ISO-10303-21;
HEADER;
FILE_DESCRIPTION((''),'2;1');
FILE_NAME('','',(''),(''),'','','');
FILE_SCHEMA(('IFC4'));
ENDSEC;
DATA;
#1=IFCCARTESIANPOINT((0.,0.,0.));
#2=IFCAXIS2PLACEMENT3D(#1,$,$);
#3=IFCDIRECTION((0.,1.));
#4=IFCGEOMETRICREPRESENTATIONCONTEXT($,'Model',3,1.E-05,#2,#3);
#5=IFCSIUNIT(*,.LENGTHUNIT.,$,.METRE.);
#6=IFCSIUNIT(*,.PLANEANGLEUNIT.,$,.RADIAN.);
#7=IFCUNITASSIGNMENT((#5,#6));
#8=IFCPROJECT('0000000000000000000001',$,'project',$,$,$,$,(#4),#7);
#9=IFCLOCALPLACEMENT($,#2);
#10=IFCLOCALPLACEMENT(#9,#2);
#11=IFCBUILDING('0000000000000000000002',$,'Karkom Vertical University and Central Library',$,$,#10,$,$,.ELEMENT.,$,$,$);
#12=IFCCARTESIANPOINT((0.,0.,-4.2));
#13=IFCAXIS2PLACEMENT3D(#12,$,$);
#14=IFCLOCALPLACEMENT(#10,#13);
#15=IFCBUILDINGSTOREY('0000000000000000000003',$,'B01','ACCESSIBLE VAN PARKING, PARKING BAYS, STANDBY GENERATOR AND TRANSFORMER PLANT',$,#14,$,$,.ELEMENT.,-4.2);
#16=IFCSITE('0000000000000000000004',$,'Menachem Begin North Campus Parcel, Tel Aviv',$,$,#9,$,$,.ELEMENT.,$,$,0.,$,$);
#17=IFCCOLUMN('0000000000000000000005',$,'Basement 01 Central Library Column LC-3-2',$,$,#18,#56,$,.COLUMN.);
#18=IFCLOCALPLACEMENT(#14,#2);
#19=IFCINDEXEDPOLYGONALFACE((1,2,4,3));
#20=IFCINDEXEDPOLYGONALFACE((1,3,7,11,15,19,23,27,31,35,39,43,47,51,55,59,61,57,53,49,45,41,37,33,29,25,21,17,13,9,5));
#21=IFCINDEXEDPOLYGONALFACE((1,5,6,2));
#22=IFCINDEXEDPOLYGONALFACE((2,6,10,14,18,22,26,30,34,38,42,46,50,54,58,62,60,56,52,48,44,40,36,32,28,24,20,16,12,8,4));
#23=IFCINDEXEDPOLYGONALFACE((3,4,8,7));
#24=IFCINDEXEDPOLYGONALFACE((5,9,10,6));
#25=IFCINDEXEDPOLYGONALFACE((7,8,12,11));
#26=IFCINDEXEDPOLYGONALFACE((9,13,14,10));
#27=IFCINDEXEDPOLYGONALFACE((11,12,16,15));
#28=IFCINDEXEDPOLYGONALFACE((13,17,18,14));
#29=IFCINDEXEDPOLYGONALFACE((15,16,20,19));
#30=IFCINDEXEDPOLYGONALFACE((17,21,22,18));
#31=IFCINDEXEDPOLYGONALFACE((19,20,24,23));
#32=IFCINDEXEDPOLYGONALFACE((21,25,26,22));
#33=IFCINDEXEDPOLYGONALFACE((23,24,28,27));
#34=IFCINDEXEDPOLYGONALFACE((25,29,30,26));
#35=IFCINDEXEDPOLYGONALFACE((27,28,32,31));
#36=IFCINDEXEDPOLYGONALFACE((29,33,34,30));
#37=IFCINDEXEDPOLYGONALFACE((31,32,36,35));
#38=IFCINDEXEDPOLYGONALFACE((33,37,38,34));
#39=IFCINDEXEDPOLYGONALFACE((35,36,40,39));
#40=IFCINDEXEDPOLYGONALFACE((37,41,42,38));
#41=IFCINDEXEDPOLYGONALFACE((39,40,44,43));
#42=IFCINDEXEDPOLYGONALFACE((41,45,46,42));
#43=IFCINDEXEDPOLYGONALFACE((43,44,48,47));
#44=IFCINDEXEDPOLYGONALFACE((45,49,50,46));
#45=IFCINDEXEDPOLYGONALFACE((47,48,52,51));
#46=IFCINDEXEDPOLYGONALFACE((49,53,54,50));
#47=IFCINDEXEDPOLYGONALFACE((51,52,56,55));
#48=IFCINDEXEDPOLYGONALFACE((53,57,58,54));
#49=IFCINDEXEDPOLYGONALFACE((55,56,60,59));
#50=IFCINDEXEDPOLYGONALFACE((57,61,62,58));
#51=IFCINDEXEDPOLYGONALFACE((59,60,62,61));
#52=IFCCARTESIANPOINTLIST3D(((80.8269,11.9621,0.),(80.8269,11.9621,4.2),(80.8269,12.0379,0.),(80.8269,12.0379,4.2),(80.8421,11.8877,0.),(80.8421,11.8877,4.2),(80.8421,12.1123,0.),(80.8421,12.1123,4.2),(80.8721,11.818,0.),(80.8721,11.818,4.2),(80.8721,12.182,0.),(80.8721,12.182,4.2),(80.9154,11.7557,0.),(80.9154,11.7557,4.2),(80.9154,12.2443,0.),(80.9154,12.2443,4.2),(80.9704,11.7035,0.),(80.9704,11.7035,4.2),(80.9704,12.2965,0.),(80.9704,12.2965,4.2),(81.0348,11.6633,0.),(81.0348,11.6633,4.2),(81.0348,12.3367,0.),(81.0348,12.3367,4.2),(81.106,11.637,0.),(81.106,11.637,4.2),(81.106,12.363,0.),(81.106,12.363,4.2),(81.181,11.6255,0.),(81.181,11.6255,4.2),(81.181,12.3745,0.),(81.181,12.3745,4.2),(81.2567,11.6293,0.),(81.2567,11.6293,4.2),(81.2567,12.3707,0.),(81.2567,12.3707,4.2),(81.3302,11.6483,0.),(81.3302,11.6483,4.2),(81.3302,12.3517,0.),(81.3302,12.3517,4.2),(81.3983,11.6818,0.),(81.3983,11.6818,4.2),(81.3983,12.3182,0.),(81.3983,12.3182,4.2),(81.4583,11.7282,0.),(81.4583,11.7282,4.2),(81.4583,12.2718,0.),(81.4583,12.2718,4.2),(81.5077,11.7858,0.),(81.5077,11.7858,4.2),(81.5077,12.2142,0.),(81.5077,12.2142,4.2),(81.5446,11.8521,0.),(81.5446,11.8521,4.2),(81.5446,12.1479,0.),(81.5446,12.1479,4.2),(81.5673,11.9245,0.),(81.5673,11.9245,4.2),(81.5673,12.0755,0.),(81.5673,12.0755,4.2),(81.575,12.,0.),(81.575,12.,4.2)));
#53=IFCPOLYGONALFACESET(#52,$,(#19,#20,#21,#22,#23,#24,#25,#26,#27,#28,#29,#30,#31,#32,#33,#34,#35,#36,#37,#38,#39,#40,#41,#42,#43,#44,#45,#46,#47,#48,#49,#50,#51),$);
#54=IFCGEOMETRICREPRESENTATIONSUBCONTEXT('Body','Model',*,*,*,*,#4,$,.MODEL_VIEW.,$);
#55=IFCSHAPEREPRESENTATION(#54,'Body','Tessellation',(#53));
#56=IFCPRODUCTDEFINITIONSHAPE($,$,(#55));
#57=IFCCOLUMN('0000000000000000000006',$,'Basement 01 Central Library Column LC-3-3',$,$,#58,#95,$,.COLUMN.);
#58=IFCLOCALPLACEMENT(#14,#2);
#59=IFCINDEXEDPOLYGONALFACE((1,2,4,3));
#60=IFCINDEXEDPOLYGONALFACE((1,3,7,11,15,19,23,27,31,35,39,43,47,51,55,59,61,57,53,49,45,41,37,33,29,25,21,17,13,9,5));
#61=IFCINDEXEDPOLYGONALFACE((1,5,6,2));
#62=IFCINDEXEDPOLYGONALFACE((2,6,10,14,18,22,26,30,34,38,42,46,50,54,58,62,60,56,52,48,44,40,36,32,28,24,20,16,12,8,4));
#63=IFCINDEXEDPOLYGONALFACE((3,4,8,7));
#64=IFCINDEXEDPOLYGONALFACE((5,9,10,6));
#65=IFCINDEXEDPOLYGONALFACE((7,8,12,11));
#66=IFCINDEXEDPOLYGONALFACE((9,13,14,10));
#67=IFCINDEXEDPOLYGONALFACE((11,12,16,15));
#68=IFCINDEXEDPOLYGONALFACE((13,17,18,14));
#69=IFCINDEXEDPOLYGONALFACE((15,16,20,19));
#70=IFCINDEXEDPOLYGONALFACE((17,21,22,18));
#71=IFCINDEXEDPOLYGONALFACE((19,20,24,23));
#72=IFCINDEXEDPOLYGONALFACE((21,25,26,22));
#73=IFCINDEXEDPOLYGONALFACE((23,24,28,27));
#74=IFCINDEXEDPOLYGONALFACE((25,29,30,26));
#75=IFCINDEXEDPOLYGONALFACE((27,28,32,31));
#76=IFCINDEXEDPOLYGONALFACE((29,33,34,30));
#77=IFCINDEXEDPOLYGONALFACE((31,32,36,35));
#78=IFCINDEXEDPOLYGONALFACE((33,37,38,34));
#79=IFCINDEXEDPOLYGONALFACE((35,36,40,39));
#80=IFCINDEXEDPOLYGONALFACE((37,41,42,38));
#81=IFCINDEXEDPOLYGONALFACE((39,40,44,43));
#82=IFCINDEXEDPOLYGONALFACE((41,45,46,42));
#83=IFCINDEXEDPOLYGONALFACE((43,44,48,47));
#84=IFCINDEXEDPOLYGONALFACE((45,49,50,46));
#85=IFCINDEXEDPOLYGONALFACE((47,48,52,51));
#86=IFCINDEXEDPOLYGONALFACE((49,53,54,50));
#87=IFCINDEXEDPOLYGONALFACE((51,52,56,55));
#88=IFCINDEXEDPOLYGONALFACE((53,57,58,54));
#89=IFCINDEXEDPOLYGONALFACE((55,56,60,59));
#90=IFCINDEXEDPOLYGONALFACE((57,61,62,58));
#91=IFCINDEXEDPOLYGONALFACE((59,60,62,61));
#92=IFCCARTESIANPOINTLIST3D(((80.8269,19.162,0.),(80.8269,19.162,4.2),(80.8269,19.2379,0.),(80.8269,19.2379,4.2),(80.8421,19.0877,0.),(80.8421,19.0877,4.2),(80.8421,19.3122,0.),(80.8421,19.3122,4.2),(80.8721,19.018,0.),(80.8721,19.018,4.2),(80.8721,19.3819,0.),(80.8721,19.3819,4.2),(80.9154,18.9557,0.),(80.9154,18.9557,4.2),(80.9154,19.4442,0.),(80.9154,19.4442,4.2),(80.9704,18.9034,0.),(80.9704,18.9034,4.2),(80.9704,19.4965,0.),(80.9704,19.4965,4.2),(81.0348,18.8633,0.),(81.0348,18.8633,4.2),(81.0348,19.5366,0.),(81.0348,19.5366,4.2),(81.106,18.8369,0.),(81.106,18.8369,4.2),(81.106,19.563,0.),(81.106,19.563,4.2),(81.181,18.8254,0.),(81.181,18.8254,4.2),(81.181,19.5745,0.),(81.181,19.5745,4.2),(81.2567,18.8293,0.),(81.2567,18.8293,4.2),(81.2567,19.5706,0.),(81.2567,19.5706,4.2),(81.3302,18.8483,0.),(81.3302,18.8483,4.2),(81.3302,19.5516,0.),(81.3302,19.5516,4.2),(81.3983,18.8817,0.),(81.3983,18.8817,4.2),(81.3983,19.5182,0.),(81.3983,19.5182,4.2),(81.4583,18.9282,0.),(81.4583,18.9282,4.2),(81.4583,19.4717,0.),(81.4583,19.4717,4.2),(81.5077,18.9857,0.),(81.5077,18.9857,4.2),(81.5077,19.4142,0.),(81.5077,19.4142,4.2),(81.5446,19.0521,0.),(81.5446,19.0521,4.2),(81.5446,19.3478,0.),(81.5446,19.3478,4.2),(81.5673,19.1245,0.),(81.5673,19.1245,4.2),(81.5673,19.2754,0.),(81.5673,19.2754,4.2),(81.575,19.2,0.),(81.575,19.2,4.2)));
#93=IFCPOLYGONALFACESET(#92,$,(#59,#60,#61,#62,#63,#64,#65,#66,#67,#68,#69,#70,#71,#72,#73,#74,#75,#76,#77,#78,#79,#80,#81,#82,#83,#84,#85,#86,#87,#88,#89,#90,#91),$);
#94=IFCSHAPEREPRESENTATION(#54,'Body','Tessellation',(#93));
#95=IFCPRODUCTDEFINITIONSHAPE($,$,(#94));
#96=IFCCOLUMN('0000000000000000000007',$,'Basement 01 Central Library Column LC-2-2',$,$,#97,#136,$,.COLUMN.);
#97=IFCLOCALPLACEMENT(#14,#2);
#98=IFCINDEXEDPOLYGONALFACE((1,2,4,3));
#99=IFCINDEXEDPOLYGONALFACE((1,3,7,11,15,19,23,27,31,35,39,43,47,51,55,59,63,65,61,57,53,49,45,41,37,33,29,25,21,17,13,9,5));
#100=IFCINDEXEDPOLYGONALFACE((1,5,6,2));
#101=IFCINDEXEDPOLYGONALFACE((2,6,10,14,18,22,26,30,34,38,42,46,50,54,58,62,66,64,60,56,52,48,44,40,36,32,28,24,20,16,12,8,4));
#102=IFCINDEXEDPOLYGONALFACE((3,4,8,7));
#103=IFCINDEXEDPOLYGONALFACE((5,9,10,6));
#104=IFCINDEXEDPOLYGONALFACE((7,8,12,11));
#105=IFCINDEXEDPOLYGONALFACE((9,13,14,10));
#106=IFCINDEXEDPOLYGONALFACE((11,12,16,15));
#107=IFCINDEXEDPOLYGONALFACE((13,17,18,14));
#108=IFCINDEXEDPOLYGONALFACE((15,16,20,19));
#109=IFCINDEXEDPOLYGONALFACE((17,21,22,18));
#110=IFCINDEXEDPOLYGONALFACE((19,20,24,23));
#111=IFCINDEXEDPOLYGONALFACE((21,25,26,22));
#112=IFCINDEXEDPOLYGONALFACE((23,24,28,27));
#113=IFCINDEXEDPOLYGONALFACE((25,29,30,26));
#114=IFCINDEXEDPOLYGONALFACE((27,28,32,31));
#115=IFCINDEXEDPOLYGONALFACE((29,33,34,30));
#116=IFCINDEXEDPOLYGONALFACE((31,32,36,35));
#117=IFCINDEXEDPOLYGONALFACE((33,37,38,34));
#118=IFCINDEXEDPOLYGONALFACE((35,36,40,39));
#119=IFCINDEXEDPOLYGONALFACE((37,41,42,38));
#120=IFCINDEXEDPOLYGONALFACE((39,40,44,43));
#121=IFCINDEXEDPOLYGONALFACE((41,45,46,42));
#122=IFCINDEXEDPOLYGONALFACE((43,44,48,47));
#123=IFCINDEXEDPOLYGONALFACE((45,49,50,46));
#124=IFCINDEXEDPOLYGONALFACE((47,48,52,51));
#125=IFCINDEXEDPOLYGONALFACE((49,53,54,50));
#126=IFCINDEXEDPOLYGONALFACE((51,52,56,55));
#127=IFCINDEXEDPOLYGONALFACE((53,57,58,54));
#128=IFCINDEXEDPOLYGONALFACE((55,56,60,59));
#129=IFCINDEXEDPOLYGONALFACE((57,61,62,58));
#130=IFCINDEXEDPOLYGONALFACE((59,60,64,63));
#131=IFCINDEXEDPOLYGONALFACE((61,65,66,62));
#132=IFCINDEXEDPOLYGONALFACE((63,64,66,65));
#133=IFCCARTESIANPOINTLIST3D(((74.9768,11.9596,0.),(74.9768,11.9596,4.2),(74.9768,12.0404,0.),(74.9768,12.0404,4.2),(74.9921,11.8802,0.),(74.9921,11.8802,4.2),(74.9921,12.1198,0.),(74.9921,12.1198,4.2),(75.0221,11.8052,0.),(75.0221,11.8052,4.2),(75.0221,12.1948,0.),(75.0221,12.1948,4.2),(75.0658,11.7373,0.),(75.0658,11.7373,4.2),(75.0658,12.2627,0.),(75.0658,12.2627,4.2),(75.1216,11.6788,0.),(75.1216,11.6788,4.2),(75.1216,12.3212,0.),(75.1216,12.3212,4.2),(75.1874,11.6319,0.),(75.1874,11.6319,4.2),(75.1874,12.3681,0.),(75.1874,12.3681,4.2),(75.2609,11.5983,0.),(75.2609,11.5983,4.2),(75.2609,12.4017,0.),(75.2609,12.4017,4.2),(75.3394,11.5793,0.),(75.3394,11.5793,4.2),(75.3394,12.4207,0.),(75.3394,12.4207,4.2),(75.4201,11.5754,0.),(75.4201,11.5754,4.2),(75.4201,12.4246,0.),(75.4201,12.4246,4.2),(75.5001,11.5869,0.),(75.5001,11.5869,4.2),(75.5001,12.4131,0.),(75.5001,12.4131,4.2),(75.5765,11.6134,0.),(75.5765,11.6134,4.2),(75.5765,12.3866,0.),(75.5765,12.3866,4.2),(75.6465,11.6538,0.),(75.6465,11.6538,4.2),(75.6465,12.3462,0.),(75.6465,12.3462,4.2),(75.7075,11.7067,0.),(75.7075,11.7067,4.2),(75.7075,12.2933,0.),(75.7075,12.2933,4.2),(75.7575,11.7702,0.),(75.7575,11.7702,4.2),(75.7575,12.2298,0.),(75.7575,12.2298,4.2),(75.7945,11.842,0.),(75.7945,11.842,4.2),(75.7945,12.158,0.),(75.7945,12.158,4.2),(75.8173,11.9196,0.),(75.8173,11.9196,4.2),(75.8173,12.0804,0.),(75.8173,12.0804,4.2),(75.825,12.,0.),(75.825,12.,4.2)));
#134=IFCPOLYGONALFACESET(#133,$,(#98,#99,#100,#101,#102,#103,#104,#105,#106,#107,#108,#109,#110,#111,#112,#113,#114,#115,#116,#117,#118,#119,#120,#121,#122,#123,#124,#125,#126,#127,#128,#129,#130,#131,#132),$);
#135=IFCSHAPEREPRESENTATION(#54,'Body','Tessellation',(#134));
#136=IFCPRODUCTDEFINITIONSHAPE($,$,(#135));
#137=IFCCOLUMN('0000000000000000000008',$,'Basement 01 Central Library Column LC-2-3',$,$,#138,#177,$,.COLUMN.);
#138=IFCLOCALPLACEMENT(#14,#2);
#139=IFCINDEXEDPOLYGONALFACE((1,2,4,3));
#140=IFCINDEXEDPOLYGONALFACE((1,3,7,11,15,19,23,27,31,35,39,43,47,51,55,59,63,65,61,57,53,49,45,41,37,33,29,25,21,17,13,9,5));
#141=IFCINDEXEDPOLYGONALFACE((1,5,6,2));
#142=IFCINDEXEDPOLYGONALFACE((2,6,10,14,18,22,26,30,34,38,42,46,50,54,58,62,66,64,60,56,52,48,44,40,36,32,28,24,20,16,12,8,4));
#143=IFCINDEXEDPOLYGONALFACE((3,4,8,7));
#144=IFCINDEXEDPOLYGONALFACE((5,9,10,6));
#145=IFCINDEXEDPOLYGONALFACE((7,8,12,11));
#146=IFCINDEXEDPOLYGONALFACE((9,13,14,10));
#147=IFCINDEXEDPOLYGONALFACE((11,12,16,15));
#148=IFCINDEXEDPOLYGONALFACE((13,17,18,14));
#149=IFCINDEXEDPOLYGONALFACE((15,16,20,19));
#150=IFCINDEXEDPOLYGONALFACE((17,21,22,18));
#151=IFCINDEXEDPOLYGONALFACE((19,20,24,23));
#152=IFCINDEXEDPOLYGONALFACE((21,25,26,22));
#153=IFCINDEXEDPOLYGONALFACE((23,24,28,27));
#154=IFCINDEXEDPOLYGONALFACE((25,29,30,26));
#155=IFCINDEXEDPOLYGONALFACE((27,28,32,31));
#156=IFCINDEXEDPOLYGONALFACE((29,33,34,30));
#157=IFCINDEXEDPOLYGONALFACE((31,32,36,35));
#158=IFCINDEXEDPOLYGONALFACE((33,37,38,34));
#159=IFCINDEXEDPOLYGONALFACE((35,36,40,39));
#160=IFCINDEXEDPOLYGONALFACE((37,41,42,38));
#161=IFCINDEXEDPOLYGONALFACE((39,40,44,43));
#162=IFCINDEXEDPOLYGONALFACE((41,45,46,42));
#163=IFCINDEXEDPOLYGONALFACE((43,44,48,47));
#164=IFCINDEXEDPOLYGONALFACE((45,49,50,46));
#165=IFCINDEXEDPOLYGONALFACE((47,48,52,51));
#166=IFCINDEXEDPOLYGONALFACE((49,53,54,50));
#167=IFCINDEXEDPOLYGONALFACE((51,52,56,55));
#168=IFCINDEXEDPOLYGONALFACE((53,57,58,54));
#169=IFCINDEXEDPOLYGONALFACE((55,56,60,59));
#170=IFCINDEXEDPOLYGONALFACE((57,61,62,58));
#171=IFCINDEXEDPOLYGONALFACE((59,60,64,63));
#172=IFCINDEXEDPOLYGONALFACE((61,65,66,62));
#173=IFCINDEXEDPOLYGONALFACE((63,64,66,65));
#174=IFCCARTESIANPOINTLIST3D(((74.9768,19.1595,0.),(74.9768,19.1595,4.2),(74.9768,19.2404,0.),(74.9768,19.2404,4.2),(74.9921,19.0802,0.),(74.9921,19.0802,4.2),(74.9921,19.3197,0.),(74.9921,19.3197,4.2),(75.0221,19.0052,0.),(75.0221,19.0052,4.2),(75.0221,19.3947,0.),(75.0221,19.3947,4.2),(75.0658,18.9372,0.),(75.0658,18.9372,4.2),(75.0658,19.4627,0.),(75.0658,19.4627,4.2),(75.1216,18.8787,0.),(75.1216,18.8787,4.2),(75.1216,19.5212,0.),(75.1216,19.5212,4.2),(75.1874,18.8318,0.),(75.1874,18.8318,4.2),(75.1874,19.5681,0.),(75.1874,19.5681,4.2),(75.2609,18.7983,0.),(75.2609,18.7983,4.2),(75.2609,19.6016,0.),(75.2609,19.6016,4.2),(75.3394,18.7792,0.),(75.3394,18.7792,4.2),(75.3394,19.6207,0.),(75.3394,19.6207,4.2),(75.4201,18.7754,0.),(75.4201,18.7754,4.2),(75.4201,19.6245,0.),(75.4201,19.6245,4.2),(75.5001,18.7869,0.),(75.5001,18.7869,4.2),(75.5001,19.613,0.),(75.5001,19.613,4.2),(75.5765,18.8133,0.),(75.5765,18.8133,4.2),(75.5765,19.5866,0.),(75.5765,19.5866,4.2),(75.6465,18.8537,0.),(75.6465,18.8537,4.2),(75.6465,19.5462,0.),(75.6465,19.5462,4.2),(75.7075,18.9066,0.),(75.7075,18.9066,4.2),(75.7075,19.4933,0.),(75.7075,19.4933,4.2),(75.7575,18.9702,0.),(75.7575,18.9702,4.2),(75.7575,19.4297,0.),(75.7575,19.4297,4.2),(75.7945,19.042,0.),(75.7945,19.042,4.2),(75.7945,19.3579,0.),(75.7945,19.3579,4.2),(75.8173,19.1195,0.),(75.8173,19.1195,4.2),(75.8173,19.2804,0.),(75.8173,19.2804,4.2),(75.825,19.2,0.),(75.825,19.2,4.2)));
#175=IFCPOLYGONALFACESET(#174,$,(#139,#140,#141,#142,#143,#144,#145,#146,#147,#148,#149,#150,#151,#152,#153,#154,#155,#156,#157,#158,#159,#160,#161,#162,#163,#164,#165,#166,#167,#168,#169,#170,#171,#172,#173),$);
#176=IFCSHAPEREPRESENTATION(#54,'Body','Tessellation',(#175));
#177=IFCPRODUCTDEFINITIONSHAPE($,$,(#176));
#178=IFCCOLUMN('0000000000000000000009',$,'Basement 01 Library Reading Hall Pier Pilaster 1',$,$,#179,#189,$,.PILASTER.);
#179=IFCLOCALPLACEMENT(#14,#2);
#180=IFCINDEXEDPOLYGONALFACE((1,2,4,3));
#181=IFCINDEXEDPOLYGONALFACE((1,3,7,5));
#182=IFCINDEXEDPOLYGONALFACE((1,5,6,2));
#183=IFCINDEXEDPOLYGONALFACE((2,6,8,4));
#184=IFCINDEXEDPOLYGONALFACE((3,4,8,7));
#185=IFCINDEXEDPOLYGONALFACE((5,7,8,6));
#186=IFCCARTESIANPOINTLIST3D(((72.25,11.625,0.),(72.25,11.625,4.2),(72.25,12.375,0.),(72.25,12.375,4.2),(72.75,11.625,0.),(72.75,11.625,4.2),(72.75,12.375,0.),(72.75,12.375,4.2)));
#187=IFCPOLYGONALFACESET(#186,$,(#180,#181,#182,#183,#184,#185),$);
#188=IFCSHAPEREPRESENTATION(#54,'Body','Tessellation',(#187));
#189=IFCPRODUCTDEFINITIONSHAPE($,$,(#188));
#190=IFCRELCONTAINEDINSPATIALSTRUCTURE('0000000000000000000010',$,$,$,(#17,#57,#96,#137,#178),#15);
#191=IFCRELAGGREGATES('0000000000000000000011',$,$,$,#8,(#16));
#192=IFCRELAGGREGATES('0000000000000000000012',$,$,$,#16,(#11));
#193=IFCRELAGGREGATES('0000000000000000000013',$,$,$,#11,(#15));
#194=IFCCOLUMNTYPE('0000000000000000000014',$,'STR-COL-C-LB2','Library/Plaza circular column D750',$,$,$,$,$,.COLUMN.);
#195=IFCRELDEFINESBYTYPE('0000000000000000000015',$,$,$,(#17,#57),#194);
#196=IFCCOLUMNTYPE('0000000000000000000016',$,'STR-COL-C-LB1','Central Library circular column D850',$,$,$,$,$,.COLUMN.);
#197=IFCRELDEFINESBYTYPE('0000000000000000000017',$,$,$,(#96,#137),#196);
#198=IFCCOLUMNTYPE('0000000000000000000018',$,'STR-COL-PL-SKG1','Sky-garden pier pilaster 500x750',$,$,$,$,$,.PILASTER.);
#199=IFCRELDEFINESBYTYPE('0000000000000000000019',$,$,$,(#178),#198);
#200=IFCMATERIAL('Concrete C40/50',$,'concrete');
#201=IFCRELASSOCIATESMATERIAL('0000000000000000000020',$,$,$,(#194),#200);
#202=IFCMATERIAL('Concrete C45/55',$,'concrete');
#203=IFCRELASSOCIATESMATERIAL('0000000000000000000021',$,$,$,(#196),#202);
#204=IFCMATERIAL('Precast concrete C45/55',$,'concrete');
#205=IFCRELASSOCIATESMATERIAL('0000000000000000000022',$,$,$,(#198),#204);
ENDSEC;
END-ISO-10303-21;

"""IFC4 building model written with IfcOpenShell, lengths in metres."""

from ifc_helpers import new_model, si_unit, direction, frame, origin, origin_with_axes, origin_2d, place, context, subcontext, project, spatial, rectangle, circle, extrude, source, transform, mapped, material, material_profile, profile_set, type_object, element, save


model = new_model("IFC4")

# Units and contexts
model_context = context("Model", 3, precision=1e-05, world=origin(), true_north=direction((0.0, 1.0)))
body_context = subcontext(model_context, "Body", "Model", "MODEL_VIEW")
ifc_project = project(units=[si_unit("LENGTHUNIT", "METRE"), si_unit("PLANEANGLEUNIT", "RADIAN")], contexts=[model_context])

# Site, building, storey
site_placement = place(None, origin())
site = spatial("IfcSite", under=ifc_project, at=site_placement, Name="Menachem Begin North Campus Parcel, Tel Aviv", CompositionType="ELEMENT", RefElevation=0.0)
building_placement = place(site_placement, origin())
building = spatial("IfcBuilding", under=site, at=building_placement, Name="Karkom Vertical University and Central Library", CompositionType="ELEMENT")
storey_placement = place(building_placement, frame((0.0, 0.0, -4.2)))
storey = spatial("IfcBuildingStorey", under=building, at=storey_placement, Name="B01", Description="ACCESSIBLE VAN PARKING, PARKING BAYS, STANDBY GENERATOR AND TRANSFORMER PLANT", CompositionType="ELEMENT", Elevation=-4.2)

# Columns
ifc_material_1 = material(Name="Concrete C40/50", Category="concrete")
ifc_material_profile_1 = material_profile(ifc_material_1, circle(Radius=0.375, at=origin_2d()), Name="RC-D750")
ifc_profile_set_1 = profile_set([ifc_material_profile_1], Name="Concrete C40/50")
column_type_1 = type_object("IfcColumnType", Name="STR-COL-C-LB2", Description="Library/Plaza circular column D750", PredefinedType="COLUMN", material=ifc_profile_set_1)
shared_shape_1 = source(origin_with_axes(), body_context, "Body", "SweptSolid", [
    extrude(circle(Radius=0.375, at=origin_2d()), origin(), (0.0, 0.0, 1.0), 4.2),
])
for number, where, z_axis, x_axis, name in (
    (1, (81.2, 12.0, 0.0), (0.0, 0.0, 1.0), (1.0, 0.0, 0.0), "Basement 01 Central Library Column LC-3-2"),
    (2, (81.2, 19.2, 0.0), (0.0, 0.0, 1.0), (1.0, 0.0, 0.0), "Basement 01 Central Library Column LC-3-3"),
):
    element("IfcColumn", number, at=place(storey_placement, frame(where, z_axis=z_axis, x_axis=x_axis)), inside=storey, type_object=column_type_1, Name=name, PredefinedType="COLUMN", context=body_context, shape_type="MappedRepresentation", body=[
        mapped(shared_shape_1, transform((0.0, 0.0, 0.0), scale=1.0)),
    ])
ifc_material_2 = material(Name="Concrete C45/55", Category="concrete")
ifc_material_profile_2 = material_profile(ifc_material_2, circle(Radius=0.425, at=origin_2d()), Name="RC-D850")
ifc_profile_set_2 = profile_set([ifc_material_profile_2], Name="Concrete C45/55")
column_type_2 = type_object("IfcColumnType", Name="STR-COL-C-LB1", Description="Central Library circular column D850", PredefinedType="COLUMN", material=ifc_profile_set_2)
shared_shape_2 = source(origin_with_axes(), body_context, "Body", "SweptSolid", [
    extrude(circle(Radius=0.425, at=origin_2d()), origin(), (0.0, 0.0, 1.0), 4.2),
])
for number, where, z_axis, x_axis, name in (
    (3, (75.3999, 12.0, 0.0), (0.0, 0.0, 1.0), (1.0, 0.0, 0.0), "Basement 01 Central Library Column LC-2-2"),
    (4, (75.3999, 19.2, 0.0), (0.0, 0.0, 1.0), (1.0, 0.0, 0.0), "Basement 01 Central Library Column LC-2-3"),
):
    element("IfcColumn", number, at=place(storey_placement, frame(where, z_axis=z_axis, x_axis=x_axis)), inside=storey, type_object=column_type_2, Name=name, PredefinedType="COLUMN", context=body_context, shape_type="MappedRepresentation", body=[
        mapped(shared_shape_2, transform((0.0, 0.0, 0.0), scale=1.0)),
    ])
ifc_material_3 = material(Name="Precast concrete C45/55", Category="concrete")
ifc_material_profile_3 = material_profile(ifc_material_3, rectangle(XDim=0.5, YDim=0.75, at=origin_2d()), Name="PIL-500x750")
ifc_profile_set_3 = profile_set([ifc_material_profile_3], Name="Precast concrete C45/55")
column_type_3 = type_object("IfcColumnType", Name="STR-COL-PL-SKG1", Description="Sky-garden pier pilaster 500x750", PredefinedType="PILASTER", material=ifc_profile_set_3)
shared_shape_3 = source(origin_with_axes(), body_context, "Body", "SweptSolid", [
    extrude(rectangle(XDim=0.5, YDim=0.75, at=origin_2d()), origin(), (0.0, 0.0, 1.0), 4.2),
])
column_placement = place(storey_placement, frame((72.5, 12.0, 0.0), z_axis=(0.0, 0.0, 1.0), x_axis=(1.0, 0.0, 0.0)))
element("IfcColumn", 5, at=column_placement, inside=storey, type_object=column_type_3, Name="Basement 01 Library Reading Hall Pier Pilaster 1", PredefinedType="PILASTER", context=body_context, shape_type="MappedRepresentation", body=[
    mapped(shared_shape_3, transform((0.0, 0.0, 0.0), scale=1.0)),
])

save(model, "model.ifc")
